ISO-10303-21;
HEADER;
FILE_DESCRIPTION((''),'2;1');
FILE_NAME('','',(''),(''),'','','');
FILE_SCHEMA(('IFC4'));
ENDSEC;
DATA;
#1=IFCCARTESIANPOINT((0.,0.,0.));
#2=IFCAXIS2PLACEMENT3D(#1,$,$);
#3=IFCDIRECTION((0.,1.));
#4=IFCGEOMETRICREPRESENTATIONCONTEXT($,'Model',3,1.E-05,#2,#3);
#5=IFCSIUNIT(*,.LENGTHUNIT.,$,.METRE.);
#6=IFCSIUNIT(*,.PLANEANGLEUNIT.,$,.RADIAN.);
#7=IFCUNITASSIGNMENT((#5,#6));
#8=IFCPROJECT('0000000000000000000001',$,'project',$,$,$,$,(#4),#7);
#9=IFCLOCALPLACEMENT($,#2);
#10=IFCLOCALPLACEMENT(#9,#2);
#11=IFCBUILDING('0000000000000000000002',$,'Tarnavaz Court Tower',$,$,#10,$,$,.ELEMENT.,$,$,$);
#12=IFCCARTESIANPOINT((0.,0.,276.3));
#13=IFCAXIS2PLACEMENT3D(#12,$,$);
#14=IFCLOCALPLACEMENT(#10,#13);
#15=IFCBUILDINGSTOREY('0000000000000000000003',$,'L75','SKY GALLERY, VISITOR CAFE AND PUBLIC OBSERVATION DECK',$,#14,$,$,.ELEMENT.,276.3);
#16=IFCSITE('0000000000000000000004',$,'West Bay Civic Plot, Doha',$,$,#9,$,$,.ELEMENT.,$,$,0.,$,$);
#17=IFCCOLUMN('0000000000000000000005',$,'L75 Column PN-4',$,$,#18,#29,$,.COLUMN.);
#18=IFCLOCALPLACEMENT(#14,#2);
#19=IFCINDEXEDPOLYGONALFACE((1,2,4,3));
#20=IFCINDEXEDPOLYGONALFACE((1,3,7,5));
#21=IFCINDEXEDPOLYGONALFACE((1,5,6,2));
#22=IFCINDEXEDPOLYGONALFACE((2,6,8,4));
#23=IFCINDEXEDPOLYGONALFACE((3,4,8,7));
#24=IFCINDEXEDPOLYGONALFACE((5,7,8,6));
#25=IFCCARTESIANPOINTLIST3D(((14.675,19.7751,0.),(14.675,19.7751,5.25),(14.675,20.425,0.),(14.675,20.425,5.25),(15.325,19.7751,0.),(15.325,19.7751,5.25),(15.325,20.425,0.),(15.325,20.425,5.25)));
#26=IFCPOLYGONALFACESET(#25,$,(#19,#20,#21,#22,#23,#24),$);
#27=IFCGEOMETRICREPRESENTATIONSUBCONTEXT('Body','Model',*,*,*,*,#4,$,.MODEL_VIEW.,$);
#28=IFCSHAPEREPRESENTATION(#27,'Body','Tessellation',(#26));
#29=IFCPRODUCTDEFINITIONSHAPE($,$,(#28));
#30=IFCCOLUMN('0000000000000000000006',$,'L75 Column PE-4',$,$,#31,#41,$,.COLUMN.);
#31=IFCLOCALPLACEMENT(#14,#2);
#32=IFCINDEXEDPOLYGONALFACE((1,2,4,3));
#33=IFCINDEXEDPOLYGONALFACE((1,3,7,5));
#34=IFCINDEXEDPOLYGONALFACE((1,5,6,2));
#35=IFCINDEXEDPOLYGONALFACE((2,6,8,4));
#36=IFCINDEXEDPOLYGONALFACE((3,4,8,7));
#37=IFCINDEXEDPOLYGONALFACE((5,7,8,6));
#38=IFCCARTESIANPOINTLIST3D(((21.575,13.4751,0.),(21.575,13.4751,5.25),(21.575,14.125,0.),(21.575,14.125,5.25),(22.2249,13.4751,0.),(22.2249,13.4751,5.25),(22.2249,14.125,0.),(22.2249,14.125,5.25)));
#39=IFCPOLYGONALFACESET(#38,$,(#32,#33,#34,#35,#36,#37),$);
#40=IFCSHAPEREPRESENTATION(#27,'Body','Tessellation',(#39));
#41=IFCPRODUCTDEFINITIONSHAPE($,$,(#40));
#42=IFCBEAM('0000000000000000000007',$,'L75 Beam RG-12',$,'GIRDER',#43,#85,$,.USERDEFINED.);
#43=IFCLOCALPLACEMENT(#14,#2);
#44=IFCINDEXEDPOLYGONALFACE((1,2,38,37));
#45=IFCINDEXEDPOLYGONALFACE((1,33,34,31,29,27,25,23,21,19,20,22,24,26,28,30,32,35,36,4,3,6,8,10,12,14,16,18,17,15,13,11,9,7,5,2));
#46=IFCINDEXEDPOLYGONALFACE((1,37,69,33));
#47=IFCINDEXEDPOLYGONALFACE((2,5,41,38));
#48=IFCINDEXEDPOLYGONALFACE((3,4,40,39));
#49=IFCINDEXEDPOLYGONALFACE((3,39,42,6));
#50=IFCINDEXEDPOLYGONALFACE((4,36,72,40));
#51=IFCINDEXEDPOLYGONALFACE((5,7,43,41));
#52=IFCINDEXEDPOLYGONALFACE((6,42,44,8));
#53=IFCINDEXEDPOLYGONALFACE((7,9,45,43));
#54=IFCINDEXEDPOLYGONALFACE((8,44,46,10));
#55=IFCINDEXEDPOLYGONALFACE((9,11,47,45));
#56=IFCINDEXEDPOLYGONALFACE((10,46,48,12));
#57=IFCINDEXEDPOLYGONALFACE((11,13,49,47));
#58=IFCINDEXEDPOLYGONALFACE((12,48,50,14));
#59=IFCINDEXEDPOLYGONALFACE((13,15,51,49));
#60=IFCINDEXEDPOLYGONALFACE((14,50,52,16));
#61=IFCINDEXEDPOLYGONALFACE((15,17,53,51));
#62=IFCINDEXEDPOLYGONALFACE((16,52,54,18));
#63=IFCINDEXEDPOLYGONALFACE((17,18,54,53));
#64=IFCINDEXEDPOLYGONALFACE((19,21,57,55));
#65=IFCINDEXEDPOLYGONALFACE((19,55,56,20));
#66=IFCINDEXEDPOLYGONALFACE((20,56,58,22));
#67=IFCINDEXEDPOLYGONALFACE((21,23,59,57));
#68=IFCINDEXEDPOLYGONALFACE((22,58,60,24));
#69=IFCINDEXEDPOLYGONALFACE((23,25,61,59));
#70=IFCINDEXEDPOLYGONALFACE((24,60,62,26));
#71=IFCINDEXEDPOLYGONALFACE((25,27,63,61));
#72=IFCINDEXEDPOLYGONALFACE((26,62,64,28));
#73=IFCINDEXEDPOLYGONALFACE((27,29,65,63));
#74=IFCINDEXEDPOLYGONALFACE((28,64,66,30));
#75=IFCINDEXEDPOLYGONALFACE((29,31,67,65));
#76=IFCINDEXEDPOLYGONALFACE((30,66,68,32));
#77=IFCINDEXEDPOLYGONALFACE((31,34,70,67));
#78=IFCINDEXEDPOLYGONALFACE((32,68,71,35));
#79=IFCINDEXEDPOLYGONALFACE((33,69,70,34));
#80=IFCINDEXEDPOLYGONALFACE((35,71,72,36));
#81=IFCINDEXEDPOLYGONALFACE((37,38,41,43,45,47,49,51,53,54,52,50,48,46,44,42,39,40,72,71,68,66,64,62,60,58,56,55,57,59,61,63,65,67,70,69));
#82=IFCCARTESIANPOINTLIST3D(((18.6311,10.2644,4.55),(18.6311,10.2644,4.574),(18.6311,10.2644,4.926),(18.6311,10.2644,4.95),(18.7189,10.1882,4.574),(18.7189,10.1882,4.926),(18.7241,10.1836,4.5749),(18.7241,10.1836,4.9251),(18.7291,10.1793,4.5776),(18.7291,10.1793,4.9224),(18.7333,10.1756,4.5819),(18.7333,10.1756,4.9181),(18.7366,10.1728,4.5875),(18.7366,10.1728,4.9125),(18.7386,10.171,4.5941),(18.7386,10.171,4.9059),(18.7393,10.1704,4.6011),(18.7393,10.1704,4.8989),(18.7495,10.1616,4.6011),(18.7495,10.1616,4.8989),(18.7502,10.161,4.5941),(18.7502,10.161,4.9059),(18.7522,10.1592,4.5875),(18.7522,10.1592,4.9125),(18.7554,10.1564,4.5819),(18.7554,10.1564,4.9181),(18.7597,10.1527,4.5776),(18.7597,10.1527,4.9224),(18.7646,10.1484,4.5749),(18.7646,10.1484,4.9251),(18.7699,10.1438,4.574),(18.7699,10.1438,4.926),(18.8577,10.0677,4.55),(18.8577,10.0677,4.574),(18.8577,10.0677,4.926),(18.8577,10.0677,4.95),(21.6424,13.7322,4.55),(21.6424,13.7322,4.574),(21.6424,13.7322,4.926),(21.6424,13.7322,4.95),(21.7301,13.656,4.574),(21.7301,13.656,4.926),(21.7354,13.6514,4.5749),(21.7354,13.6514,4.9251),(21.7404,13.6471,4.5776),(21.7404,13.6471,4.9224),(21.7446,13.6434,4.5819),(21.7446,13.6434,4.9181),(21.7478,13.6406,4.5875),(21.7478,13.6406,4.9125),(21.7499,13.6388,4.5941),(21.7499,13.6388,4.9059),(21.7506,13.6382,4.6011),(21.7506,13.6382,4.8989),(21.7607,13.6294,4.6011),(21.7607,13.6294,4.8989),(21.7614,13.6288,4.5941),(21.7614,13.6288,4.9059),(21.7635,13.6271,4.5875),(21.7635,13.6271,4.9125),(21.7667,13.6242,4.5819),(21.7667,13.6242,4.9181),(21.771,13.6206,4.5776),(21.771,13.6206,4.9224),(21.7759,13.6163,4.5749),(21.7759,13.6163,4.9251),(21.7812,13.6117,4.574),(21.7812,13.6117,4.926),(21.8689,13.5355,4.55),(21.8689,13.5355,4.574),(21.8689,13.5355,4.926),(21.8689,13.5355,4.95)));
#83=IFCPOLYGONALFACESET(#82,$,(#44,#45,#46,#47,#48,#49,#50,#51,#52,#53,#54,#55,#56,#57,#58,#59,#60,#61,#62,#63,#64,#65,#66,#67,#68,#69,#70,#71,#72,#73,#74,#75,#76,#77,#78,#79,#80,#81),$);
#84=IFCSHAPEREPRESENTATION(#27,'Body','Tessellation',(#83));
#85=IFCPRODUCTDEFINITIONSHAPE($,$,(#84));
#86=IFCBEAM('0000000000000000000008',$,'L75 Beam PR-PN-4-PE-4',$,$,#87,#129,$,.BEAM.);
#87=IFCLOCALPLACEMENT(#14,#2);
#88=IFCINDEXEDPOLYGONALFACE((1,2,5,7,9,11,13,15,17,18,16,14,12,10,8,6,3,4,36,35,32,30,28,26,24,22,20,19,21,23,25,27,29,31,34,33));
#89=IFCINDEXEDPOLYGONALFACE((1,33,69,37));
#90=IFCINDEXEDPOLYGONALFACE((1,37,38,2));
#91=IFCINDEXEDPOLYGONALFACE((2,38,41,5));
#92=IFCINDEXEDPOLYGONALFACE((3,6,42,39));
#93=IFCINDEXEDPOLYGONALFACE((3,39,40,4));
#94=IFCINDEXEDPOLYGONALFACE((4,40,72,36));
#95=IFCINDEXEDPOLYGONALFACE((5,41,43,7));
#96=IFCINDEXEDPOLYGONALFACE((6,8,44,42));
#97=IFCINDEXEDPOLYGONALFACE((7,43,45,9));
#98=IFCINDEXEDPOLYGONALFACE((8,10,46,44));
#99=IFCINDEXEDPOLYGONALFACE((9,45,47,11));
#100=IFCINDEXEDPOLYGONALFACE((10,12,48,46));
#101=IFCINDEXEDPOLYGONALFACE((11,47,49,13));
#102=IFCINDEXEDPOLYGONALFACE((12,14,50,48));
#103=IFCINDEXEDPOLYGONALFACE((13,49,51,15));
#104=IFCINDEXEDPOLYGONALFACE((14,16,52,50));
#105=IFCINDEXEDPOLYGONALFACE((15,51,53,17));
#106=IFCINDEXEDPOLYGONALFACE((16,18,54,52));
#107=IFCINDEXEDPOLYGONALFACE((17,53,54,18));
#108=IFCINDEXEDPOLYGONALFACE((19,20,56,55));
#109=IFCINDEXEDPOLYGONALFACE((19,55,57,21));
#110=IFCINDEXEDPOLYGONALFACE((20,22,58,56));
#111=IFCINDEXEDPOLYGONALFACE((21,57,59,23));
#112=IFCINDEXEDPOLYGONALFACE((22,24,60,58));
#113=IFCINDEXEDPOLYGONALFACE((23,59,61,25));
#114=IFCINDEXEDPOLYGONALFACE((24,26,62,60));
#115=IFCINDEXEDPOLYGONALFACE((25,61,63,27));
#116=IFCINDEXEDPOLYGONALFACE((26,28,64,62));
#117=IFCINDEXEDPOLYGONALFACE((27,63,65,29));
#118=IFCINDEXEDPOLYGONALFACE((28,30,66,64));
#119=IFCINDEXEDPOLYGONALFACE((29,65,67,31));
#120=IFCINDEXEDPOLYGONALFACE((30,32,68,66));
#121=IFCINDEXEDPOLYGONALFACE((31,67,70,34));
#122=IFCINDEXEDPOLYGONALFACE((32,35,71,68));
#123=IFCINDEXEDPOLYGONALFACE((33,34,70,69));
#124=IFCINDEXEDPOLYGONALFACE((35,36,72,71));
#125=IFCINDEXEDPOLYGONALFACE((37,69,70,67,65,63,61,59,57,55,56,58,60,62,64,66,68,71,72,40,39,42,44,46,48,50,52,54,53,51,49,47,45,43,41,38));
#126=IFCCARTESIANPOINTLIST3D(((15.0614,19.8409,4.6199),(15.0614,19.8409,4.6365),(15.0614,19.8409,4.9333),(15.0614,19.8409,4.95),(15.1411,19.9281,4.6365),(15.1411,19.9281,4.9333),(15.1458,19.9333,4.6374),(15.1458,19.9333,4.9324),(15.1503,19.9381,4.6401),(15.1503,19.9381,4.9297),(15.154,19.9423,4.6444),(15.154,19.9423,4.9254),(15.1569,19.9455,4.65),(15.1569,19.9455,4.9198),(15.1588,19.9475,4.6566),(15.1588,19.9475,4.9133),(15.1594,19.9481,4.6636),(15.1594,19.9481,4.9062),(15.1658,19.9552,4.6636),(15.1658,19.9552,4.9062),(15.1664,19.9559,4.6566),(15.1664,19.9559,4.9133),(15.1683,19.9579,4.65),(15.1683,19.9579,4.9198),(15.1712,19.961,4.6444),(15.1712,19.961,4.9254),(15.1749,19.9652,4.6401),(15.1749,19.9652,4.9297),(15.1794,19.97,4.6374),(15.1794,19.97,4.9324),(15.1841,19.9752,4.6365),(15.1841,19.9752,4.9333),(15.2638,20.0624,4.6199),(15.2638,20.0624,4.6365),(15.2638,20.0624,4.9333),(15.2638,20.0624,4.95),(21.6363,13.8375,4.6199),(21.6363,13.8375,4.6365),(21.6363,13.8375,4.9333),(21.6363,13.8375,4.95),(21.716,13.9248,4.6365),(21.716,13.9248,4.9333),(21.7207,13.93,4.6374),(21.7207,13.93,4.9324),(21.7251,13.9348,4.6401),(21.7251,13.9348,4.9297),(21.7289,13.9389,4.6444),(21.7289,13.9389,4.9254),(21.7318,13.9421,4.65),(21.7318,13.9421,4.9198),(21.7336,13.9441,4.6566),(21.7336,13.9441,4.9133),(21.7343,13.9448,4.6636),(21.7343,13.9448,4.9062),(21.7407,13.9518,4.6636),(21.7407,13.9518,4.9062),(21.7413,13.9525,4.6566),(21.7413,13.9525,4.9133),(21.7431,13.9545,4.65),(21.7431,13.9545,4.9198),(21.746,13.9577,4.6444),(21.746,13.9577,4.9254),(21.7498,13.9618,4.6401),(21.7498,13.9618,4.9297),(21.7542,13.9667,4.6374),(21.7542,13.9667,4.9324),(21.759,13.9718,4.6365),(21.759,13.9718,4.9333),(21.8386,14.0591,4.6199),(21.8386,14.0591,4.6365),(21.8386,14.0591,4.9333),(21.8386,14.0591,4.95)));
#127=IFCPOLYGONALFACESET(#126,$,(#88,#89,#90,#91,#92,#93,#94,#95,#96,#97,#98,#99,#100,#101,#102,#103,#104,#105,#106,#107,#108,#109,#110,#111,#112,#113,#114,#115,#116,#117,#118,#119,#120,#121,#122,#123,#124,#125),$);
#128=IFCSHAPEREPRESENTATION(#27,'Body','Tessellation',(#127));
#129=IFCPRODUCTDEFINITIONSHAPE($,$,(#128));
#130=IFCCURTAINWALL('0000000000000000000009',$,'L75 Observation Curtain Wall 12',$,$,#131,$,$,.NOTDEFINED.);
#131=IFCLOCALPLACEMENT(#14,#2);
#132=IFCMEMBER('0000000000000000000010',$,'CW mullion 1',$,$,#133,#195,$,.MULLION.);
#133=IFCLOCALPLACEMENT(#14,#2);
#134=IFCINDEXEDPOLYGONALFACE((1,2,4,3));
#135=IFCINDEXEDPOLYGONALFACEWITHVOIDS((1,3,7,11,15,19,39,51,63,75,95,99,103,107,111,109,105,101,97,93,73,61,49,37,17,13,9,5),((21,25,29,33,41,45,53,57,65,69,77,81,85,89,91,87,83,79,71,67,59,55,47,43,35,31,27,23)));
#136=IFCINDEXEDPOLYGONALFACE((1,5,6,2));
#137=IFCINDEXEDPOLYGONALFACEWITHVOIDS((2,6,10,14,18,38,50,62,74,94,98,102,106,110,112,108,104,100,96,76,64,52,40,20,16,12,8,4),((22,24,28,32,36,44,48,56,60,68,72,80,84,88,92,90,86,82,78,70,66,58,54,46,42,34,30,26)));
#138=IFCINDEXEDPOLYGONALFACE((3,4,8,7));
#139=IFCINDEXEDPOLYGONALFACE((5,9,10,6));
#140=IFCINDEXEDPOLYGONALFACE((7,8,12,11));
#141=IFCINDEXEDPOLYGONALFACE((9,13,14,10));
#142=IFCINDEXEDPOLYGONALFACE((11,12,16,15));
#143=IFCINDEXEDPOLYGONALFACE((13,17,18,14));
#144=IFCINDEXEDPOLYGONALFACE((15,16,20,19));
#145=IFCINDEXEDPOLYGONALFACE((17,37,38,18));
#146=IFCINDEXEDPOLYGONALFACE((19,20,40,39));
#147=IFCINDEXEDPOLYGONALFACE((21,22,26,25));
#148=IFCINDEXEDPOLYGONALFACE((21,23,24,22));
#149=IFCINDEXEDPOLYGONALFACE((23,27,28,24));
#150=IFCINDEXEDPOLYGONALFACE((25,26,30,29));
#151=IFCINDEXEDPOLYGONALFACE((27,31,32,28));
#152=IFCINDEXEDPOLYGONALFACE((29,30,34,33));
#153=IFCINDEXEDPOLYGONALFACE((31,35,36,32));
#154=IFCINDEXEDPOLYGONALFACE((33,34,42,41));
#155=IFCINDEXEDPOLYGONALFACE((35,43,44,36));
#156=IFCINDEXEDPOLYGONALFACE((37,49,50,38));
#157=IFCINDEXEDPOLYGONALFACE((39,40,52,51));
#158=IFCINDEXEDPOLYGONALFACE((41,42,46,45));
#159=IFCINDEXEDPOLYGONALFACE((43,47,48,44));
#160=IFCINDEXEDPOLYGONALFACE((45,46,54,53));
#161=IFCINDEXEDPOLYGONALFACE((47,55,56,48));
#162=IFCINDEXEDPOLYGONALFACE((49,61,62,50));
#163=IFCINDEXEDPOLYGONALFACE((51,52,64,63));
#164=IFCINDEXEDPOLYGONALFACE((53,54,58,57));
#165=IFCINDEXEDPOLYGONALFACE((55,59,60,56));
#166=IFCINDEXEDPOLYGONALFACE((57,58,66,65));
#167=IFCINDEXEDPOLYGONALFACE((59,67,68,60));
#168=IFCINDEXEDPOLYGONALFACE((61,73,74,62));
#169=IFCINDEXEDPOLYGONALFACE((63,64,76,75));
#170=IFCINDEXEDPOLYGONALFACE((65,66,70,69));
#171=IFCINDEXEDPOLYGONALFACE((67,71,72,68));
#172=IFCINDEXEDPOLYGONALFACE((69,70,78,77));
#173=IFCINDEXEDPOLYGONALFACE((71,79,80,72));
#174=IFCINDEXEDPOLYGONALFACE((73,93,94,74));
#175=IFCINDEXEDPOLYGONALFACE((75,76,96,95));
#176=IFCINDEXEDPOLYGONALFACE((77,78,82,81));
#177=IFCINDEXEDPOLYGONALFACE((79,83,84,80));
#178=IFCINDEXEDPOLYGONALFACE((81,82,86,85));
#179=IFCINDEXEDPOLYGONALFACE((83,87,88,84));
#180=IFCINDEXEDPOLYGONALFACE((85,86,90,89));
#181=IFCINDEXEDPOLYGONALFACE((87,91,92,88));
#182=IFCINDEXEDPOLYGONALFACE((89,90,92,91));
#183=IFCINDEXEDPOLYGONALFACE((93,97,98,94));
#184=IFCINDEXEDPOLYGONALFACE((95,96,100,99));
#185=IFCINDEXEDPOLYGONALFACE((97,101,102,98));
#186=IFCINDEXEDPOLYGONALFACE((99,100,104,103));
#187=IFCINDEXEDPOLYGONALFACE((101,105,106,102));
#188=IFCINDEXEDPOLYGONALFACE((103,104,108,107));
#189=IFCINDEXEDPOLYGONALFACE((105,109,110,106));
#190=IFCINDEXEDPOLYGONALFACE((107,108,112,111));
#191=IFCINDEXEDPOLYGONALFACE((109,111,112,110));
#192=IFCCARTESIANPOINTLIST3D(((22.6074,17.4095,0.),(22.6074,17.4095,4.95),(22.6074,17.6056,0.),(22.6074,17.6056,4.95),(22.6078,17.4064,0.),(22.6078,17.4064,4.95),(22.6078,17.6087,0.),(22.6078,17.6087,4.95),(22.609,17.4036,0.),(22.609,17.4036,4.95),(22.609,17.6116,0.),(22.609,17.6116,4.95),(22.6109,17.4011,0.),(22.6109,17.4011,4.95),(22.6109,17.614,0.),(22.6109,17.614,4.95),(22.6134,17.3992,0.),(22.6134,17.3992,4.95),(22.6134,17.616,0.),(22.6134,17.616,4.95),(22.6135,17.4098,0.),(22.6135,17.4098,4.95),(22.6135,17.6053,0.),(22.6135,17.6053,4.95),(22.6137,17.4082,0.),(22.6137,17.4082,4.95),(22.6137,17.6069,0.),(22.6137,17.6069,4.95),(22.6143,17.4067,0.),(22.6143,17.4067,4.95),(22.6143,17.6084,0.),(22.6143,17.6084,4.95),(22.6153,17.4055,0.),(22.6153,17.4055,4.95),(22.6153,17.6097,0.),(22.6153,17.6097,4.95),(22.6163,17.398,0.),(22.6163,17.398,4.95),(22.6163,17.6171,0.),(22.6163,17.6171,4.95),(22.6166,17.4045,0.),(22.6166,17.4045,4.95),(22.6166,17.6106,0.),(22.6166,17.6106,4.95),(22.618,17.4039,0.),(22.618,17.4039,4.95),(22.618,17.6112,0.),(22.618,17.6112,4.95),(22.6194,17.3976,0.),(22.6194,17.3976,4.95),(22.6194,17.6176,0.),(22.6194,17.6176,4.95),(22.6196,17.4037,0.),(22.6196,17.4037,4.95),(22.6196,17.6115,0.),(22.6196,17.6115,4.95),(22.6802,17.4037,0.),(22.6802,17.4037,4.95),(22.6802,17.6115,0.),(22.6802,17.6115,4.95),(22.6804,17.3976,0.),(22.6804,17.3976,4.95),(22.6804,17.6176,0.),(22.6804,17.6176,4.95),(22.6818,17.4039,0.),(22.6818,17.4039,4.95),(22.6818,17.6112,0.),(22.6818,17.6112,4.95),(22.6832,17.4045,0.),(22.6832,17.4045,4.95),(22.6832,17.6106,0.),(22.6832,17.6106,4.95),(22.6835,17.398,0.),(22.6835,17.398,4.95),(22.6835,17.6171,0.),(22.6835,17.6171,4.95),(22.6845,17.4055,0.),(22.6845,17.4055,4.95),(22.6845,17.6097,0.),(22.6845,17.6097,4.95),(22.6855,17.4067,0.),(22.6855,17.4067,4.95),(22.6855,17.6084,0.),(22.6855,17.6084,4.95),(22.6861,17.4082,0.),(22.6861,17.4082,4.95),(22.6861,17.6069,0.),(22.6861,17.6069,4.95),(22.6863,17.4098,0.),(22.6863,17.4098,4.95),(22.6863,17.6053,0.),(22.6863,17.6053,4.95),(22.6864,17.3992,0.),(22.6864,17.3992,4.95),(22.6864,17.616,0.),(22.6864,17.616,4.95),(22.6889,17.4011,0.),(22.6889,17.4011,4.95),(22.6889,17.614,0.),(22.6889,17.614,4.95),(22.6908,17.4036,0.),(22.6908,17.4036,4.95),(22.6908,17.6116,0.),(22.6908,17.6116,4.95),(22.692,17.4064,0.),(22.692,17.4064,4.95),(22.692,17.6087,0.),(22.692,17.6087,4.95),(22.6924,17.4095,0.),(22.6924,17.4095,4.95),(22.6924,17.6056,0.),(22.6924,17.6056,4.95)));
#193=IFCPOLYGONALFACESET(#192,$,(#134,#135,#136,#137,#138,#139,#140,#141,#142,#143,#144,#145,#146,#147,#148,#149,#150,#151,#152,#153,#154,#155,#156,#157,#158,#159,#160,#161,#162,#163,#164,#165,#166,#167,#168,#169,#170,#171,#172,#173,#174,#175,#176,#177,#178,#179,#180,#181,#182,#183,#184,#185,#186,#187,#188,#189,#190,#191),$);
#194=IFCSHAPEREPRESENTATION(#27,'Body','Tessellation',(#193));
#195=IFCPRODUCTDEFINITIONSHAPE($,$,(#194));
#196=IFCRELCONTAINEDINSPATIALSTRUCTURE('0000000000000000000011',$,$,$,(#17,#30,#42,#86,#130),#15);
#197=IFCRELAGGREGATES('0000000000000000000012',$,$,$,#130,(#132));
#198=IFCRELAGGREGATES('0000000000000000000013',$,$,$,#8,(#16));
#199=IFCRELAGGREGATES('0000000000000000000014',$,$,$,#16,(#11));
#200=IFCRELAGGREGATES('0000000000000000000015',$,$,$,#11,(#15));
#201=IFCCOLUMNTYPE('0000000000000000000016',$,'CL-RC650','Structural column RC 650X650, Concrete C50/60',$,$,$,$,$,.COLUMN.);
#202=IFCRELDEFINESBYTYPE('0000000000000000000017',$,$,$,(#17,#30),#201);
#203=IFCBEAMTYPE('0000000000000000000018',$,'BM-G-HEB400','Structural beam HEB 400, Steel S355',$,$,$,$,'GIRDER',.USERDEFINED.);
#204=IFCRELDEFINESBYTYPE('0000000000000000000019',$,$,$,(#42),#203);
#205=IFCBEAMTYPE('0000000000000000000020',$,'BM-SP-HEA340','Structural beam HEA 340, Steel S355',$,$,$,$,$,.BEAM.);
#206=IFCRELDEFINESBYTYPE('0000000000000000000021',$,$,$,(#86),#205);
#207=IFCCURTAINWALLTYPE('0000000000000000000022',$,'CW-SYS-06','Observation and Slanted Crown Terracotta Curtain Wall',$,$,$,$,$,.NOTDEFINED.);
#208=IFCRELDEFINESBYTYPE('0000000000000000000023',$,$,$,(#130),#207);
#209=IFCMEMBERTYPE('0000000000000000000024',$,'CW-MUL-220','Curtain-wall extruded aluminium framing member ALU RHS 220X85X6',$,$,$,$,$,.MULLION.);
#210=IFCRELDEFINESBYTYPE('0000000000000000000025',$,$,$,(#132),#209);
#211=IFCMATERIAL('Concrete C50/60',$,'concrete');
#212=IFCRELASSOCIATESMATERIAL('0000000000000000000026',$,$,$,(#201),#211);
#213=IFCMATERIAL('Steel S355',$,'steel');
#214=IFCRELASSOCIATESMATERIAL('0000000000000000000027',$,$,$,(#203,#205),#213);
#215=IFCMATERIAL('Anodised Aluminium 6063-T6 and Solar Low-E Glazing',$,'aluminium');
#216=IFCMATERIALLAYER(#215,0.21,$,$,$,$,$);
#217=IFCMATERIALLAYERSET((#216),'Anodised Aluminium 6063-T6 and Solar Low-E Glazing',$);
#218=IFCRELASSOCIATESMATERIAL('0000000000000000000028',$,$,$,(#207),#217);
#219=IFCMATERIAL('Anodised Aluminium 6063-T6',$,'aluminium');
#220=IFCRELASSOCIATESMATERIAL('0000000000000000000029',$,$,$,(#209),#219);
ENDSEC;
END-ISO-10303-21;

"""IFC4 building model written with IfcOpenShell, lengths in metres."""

from ifc_helpers import new_model, si_unit, direction, frame, origin, origin_2d, place, context, subcontext, project, spatial, rectangle, hollow_rectangle, i_section, extrude, material, layer, layer_set, material_profile, profile_set, type_object, element, aggregate, save


model = new_model("IFC4")

# Units and contexts
model_context = context("Model", 3, precision=1e-05, world=origin(), true_north=direction((0.0, 1.0)))
body_context = subcontext(model_context, "Body", "Model", "MODEL_VIEW")
ifc_project = project(units=[si_unit("LENGTHUNIT", "METRE"), si_unit("PLANEANGLEUNIT", "RADIAN")], contexts=[model_context])

# Site, building, storey
site_placement = place(None, origin())
site = spatial("IfcSite", under=ifc_project, at=site_placement, Name="West Bay Civic Plot, Doha", CompositionType="ELEMENT", RefElevation=0.0)
building_placement = place(site_placement, origin())
building = spatial("IfcBuilding", under=site, at=building_placement, Name="Tarnavaz Court Tower", CompositionType="ELEMENT")
storey_placement = place(building_placement, frame((0.0, 0.0, 276.3)))
storey = spatial("IfcBuildingStorey", under=building, at=storey_placement, Name="L75", Description="SKY GALLERY, VISITOR CAFE AND PUBLIC OBSERVATION DECK", CompositionType="ELEMENT", Elevation=276.3)

# Columns
ifc_material_1 = material(Name="Concrete C50/60", Category="concrete")
ifc_material_profile_1 = material_profile(ifc_material_1, rectangle(XDim=0.6499, YDim=0.6499, at=origin_2d()), Name="RC 650X650")
ifc_profile_set_1 = profile_set([ifc_material_profile_1], Name="Concrete C50/60")
column_type = type_object("IfcColumnType", Name="CL-RC650", Description="Structural column RC 650X650, Concrete C50/60", PredefinedType="COLUMN", material=ifc_profile_set_1)
for number, where, z_axis, x_axis, name in (
    (1, (15.0, 20.1001, 0.0), (0.0, 0.0, 1.0), (1.0, 0.0, 0.0), "L75 Column PN-4"),
    (2, (21.8999, 13.8, 0.0), (0.0, 0.0, 1.0), (1.0, 0.0, 0.0), "L75 Column PE-4"),
):
    element("IfcColumn", number, at=place(storey_placement, frame(where, z_axis=z_axis, x_axis=x_axis)), inside=storey, type_object=column_type, Name=name, PredefinedType="COLUMN", context=body_context, shape_type="SweptSolid", body=[
        extrude(rectangle(XDim=0.6499, YDim=0.6499, at=origin_2d()), origin(), (0.0, 0.0, 1.0), 5.25),
    ])

# Beams
ifc_material_2 = material(Name="Steel S355", Category="steel")
ifc_material_profile_2 = material_profile(ifc_material_2, i_section(OverallWidth=0.3, OverallDepth=0.3999, WebThickness=0.0134, FlangeThickness=0.0239, FilletRadius=0.0271, at=origin_2d()), Name="HEB 400")
ifc_profile_set_2 = profile_set([ifc_material_profile_2], Name="Steel S355")
beam_type_1 = type_object("IfcBeamType", Name="BM-G-HEB400", Description="Structural beam HEB 400, Steel S355", ElementType="GIRDER", PredefinedType="USERDEFINED", material=ifc_profile_set_2)
beam_1_placement = place(storey_placement, frame((18.7444, 10.166, 4.75), z_axis=(0.655655, 0.755061, 0.0), x_axis=(-0.755061, 0.655655, 0.0)))
element("IfcBeam", 3, at=beam_1_placement, inside=storey, type_object=beam_type_1, Name="L75 Beam RG-12", ObjectType="GIRDER", PredefinedType="USERDEFINED", context=body_context, shape_type="SweptSolid", body=[
    extrude(i_section(OverallWidth=0.3, OverallDepth=0.3999, WebThickness=0.0134, FlangeThickness=0.0239, FilletRadius=0.0271, at=origin_2d()), origin(), (0.0, 0.0, 1.0), 4.5928),
])
ifc_material_profile_3 = material_profile(ifc_material_2, i_section(OverallWidth=0.3, OverallDepth=0.3301, WebThickness=0.0095, FlangeThickness=0.0166, FilletRadius=0.0271, at=origin_2d()), Name="HEA 340")
ifc_profile_set_3 = profile_set([ifc_material_profile_3], Name="Steel S355")
beam_type_2 = type_object("IfcBeamType", Name="BM-SP-HEA340", Description="Structural beam HEA 340, Steel S355", PredefinedType="BEAM", material=ifc_profile_set_3)
beam_2_placement = place(storey_placement, frame((15.1626, 19.9517, 4.7849), z_axis=(0.738474, -0.674282, 0.0), x_axis=(0.674282, 0.738474, 0.0)))
element("IfcBeam", 4, at=beam_2_placement, inside=storey, type_object=beam_type_2, Name="L75 Beam PR-PN-4-PE-4", PredefinedType="BEAM", context=body_context, shape_type="SweptSolid", body=[
    extrude(i_section(OverallWidth=0.3, OverallDepth=0.3301, WebThickness=0.0095, FlangeThickness=0.0166, FilletRadius=0.0271, at=origin_2d()), origin(), (0.0, 0.0, 1.0), 8.9033),
])

# Curtain wall, member
ifc_material_3 = material(Name="Anodised Aluminium 6063-T6 and Solar Low-E Glazing", Category="aluminium")
ifc_layer_1 = layer(ifc_material_3, 0.21)
ifc_layer_set_1 = layer_set([ifc_layer_1], Name="Anodised Aluminium 6063-T6 and Solar Low-E Glazing")
curtain_wall_type = type_object("IfcCurtainWallType", Name="CW-SYS-06", Description="Observation and Slanted Crown Terracotta Curtain Wall", PredefinedType="NOTDEFINED", material=ifc_layer_set_1)
curtain_wall_placement = place(storey_placement, origin())
curtain_wall = element("IfcCurtainWall", 5, at=curtain_wall_placement, inside=storey, type_object=curtain_wall_type, Name="L75 Observation Curtain Wall 12", PredefinedType="NOTDEFINED")
ifc_material_4 = material(Name="Anodised Aluminium 6063-T6", Category="aluminium")
ifc_material_profile_4 = material_profile(ifc_material_4, hollow_rectangle(XDim=0.085, YDim=0.22, WallThickness=0.0061, InnerFilletRadius=0.0061, OuterFilletRadius=0.012, at=origin_2d()), Name="ALU RHS 220X85X6")
ifc_profile_set_4 = profile_set([ifc_material_profile_4], Name="Anodised Aluminium 6063-T6")
member_type_1 = type_object("IfcMemberType", Name="CW-MUL-220", Description="Curtain-wall extruded aluminium framing member ALU RHS 220X85X6", PredefinedType="MULLION", material=ifc_profile_set_4)
member_1_placement = place(storey_placement, frame((22.6499, 17.5076, 0.0), z_axis=(0.0, 0.0, 1.0), x_axis=(1.0, 0.0, 0.0)))
member_1 = element("IfcMember", 6, at=member_1_placement, type_object=member_type_1, Name="CW mullion 1", PredefinedType="MULLION", context=body_context, shape_type="SweptSolid", body=[
    extrude(hollow_rectangle(XDim=0.085, YDim=0.22, WallThickness=0.0061, InnerFilletRadius=0.0061, OuterFilletRadius=0.012, at=origin_2d()), origin(), (0.0, 0.0, 1.0), 4.95),
])
aggregate(curtain_wall, [member_1])

save(model, "model.ifc")
